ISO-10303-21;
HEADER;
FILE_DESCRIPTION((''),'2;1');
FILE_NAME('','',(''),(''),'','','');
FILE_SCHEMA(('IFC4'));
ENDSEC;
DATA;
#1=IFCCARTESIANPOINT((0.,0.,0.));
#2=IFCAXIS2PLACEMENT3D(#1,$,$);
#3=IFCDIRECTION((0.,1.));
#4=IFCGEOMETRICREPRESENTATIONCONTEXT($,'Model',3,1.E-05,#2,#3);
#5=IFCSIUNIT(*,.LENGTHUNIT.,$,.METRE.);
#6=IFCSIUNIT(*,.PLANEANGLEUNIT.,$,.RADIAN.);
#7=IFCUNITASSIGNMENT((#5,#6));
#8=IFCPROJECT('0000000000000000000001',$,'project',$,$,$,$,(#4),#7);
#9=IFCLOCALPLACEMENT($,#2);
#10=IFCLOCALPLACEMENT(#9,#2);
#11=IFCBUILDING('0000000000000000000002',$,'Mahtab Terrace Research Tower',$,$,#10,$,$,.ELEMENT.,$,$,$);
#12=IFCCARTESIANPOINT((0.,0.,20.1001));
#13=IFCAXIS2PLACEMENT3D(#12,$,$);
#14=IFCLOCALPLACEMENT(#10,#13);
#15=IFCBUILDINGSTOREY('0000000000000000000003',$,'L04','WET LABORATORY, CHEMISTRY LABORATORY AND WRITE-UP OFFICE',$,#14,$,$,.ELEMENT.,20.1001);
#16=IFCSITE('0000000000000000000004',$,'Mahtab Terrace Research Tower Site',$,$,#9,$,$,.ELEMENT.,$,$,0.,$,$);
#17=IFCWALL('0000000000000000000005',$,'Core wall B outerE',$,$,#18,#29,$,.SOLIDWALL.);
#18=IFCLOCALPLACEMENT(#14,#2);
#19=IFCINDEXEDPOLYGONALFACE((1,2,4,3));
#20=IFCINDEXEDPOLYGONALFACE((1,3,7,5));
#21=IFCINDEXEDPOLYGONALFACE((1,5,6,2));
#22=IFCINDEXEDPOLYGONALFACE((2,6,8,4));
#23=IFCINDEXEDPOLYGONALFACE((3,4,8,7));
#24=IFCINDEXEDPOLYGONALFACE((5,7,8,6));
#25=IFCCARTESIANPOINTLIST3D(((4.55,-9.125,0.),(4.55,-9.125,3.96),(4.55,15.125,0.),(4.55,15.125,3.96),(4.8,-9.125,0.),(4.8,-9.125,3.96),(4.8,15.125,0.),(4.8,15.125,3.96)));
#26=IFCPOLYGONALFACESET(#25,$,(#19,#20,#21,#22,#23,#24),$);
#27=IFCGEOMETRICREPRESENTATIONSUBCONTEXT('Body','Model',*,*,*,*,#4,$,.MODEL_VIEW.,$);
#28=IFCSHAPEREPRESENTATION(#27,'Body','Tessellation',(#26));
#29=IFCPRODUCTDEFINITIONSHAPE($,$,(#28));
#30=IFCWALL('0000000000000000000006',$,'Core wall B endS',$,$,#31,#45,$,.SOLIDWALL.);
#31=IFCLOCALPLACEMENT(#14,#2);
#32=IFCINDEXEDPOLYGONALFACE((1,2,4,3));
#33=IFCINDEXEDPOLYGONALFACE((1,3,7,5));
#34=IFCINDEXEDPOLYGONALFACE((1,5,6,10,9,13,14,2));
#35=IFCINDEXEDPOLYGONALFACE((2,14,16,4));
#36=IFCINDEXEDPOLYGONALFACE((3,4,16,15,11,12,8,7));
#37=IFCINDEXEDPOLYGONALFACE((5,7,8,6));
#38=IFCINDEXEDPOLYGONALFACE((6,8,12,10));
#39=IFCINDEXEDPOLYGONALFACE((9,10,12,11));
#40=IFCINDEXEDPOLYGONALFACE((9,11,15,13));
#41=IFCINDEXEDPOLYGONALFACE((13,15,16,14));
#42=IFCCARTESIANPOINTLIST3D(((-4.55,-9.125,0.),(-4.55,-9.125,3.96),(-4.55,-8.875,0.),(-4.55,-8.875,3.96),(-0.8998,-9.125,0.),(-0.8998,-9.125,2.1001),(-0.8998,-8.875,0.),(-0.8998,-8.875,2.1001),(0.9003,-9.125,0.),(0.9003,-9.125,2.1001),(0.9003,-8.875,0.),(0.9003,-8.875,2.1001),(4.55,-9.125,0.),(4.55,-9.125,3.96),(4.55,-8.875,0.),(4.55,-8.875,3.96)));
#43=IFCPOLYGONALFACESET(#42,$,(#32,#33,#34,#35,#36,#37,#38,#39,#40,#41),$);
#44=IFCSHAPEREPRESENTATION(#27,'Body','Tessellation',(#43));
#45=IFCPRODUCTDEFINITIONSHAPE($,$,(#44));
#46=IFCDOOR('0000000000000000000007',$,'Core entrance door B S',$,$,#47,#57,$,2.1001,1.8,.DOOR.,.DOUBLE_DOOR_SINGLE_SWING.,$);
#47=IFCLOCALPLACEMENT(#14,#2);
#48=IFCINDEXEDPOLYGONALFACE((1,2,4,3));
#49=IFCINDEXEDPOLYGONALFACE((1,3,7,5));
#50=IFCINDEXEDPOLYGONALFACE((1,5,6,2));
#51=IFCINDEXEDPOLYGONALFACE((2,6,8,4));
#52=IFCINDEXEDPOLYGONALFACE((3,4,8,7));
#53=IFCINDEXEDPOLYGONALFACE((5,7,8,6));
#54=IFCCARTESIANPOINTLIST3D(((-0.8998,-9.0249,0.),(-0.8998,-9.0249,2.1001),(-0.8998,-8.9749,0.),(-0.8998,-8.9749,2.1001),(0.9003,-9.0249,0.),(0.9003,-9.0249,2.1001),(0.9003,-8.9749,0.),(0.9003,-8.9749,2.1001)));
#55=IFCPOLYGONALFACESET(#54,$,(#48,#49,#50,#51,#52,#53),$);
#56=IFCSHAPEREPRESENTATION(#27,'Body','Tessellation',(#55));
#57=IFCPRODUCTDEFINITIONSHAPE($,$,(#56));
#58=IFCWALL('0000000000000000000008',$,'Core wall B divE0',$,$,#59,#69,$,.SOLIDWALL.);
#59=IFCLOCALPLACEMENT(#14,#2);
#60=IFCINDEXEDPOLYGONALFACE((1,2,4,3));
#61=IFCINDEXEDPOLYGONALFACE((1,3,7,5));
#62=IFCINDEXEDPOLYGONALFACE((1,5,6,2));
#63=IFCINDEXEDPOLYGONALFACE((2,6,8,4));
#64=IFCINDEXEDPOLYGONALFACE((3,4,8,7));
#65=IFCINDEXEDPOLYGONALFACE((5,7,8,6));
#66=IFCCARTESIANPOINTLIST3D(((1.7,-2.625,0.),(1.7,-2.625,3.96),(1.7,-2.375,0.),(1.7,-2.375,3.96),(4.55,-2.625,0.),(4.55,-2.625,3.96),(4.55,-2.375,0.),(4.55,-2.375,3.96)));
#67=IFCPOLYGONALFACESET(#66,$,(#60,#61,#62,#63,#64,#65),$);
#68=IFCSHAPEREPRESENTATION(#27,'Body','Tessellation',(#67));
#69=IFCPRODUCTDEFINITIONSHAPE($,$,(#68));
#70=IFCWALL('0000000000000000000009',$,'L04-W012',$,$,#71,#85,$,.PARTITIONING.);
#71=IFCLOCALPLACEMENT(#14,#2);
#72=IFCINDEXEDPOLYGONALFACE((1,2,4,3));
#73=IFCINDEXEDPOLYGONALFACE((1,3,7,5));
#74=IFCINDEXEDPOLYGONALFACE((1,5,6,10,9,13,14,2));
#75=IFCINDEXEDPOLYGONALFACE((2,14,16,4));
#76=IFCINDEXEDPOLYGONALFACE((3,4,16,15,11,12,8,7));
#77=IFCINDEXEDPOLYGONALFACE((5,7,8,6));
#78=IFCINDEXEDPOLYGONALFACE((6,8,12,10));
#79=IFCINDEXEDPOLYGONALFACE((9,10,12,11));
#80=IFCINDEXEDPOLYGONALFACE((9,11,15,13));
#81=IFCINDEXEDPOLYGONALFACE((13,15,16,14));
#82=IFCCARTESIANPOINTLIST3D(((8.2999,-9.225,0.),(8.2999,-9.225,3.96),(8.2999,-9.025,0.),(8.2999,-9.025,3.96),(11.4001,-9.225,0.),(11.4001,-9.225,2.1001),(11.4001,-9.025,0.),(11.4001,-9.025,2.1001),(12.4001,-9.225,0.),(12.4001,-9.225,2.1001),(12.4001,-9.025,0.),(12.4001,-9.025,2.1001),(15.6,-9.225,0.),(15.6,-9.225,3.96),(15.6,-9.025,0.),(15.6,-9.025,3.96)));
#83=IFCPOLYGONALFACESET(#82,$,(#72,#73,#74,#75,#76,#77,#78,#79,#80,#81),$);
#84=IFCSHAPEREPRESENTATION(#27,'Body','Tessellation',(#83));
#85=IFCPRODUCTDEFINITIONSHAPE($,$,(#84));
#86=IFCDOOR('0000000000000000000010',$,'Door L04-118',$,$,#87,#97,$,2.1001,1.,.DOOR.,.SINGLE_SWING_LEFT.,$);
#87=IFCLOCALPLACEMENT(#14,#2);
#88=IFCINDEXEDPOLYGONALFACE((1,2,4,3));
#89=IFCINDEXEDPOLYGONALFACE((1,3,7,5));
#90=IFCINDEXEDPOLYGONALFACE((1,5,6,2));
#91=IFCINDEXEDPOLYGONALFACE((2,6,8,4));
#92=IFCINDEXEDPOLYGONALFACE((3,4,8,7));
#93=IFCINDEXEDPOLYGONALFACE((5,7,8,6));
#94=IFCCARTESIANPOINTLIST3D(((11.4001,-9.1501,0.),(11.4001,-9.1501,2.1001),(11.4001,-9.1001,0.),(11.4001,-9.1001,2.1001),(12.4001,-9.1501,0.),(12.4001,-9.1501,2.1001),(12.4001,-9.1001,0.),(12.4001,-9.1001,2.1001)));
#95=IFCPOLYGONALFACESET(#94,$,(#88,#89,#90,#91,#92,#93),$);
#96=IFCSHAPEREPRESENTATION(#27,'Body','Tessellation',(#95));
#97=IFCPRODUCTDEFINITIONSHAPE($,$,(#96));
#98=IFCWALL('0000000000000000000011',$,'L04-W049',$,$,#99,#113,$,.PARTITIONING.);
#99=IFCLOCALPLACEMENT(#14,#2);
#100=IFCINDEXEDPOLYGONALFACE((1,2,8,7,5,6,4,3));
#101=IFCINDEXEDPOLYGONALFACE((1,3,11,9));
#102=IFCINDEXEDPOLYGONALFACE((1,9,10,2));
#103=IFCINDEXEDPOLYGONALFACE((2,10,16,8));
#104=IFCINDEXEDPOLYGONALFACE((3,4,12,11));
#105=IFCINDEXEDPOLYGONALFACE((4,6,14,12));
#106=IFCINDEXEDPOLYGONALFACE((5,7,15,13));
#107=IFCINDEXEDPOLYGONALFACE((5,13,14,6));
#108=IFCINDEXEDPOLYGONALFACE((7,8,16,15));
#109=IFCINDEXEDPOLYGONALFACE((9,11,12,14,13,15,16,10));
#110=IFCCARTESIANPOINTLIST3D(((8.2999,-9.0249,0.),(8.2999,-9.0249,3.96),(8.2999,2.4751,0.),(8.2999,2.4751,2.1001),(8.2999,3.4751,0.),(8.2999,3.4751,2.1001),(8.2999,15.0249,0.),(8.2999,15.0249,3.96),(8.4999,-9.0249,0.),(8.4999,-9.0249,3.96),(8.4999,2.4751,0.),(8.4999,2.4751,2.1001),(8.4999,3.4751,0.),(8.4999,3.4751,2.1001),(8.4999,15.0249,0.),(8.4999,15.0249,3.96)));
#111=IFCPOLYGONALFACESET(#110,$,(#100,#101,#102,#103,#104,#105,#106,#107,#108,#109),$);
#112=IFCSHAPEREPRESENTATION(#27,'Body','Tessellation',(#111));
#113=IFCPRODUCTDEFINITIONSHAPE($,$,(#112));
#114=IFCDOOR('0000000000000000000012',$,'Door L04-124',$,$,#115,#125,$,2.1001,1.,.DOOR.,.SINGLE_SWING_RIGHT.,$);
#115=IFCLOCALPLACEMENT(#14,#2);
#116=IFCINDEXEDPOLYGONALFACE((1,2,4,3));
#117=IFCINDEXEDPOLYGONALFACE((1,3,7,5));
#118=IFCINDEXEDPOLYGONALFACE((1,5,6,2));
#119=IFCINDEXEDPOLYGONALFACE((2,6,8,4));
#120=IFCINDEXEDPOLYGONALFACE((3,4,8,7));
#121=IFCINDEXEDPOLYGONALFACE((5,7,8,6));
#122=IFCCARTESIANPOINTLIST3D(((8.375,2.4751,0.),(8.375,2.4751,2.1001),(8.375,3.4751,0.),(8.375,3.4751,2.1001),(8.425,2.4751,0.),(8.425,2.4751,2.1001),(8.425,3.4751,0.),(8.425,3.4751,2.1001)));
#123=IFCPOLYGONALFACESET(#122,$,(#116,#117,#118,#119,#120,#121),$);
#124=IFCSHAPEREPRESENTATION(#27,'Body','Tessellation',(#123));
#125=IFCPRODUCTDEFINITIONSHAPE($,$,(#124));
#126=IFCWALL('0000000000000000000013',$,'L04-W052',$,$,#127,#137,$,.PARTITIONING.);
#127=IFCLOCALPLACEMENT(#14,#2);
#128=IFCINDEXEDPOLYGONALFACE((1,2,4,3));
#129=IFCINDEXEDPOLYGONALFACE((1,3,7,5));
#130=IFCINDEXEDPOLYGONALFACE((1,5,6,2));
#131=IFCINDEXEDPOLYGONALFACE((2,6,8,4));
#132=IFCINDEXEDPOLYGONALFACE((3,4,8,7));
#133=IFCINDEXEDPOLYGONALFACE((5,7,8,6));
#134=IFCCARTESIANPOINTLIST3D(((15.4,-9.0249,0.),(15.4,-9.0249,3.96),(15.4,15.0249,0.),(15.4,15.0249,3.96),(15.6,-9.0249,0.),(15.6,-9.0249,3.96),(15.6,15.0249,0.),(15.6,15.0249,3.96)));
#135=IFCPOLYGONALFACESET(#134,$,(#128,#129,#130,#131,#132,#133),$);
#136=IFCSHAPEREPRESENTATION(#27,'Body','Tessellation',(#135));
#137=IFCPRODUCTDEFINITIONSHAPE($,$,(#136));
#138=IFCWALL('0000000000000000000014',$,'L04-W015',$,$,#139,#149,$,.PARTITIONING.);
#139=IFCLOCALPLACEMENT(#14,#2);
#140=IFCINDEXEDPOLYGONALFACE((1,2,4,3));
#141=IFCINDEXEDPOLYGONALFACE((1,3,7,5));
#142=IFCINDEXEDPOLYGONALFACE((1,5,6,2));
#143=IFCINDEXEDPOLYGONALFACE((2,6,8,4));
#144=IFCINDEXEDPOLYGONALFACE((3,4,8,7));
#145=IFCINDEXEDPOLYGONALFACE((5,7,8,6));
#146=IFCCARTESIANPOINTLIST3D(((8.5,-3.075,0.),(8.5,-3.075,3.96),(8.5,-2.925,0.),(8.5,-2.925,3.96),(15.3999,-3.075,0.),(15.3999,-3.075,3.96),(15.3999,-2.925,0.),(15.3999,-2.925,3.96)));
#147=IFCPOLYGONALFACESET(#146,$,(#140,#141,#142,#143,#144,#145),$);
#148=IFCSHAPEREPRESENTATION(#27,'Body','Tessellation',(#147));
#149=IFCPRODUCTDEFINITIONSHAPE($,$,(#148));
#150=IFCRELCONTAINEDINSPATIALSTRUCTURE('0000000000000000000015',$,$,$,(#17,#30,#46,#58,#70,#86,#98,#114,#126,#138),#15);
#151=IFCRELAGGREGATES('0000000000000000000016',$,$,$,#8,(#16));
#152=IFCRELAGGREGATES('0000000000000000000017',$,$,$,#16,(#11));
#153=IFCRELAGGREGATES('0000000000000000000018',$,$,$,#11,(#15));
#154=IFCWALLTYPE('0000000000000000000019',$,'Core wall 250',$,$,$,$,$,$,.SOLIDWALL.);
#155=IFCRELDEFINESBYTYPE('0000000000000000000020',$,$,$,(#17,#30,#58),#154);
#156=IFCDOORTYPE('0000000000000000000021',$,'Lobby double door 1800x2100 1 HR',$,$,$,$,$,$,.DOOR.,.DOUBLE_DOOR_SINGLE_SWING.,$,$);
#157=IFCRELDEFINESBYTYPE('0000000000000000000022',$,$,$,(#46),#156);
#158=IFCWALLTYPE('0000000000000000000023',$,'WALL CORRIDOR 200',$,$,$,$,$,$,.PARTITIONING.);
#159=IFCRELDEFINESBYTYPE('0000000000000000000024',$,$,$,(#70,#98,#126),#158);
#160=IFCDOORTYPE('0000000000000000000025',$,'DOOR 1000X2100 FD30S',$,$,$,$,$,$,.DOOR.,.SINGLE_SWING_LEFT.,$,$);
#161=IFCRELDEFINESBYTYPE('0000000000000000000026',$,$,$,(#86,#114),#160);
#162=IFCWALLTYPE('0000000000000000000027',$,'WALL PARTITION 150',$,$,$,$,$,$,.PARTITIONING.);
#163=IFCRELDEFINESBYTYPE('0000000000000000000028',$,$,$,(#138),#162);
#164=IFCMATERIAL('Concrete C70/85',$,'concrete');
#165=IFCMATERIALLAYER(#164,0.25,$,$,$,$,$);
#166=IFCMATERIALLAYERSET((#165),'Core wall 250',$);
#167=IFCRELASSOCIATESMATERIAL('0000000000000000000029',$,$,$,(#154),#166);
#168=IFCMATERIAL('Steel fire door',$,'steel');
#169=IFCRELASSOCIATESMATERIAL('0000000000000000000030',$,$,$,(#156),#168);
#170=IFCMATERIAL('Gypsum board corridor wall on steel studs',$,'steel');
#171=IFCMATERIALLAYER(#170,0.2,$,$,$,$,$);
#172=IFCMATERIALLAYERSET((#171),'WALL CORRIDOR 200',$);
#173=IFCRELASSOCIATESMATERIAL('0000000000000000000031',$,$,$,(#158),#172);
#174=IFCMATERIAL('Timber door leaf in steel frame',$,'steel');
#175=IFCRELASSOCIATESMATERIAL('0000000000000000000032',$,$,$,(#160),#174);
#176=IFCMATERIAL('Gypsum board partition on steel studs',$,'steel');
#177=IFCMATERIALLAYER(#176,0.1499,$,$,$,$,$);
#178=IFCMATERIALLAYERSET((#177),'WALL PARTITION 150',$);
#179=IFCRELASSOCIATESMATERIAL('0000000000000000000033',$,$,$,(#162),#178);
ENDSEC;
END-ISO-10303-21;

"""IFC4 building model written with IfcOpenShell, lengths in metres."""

from ifc_helpers import new_model, si_unit, direction, frame, frame_2d, origin, place, context, subcontext, project, spatial, rectangle, extrude, material, layer, layer_set, type_object, element, fill, save


model = new_model("IFC4")

# Units and contexts
model_context = context("Model", 3, precision=1e-05, world=origin(), true_north=direction((0.0, 1.0)))
body_context = subcontext(model_context, "Body", "Model", "MODEL_VIEW")
ifc_project = project(units=[si_unit("LENGTHUNIT", "METRE"), si_unit("PLANEANGLEUNIT", "RADIAN")], contexts=[model_context])

# Site, building, storey
site_placement = place(None, origin())
site = spatial("IfcSite", under=ifc_project, at=site_placement, Name="Mahtab Terrace Research Tower Site", CompositionType="ELEMENT", RefElevation=0.0)
building_placement = place(site_placement, origin())
building = spatial("IfcBuilding", under=site, at=building_placement, Name="Mahtab Terrace Research Tower", CompositionType="ELEMENT")
storey_placement = place(building_placement, frame((0.0, 0.0, 20.1001)))
storey = spatial("IfcBuildingStorey", under=building, at=storey_placement, Name="L04", Description="WET LABORATORY, CHEMISTRY LABORATORY AND WRITE-UP OFFICE", CompositionType="ELEMENT", Elevation=20.1001)

# Wall
ifc_material_1 = material(Name="Concrete C70/85", Category="concrete")
ifc_layer_1 = layer(ifc_material_1, 0.25)
ifc_layer_set_1 = layer_set([ifc_layer_1], Name="Core wall 250")
wall_type_1 = type_object("IfcWallType", Name="Core wall 250", PredefinedType="SOLIDWALL", material=ifc_layer_set_1)
wall_1_placement = place(storey_placement, frame((4.675, -9.125, 0.0), z_axis=(0.0, 0.0, 1.0), x_axis=(0.0, 1.0, 0.0)))
element("IfcWall", 1, at=wall_1_placement, inside=storey, type_object=wall_type_1, Name="Core wall B outerE", PredefinedType="SOLIDWALL", context=body_context, shape_type="SweptSolid", body=[
    extrude(rectangle(XDim=24.25, YDim=0.25, at=frame_2d((12.125, 0.0))), origin(), (0.0, 0.0, 1.0), 3.96),
])

# Wall, opening, door
wall_2_placement = place(storey_placement, frame((4.55, -9.0, 0.0), z_axis=(0.0, 0.0, 1.0), x_axis=(-1.0, 0.0, 0.0)))
wall_2 = element("IfcWall", 2, at=wall_2_placement, inside=storey, type_object=wall_type_1, Name="Core wall B endS", PredefinedType="SOLIDWALL", context=body_context, shape_type="SweptSolid", body=[
    extrude(rectangle(XDim=9.1001, YDim=0.25, at=frame_2d((4.55, 0.0))), origin(), (0.0, 0.0, 1.0), 3.96),
])
opening_1_placement = place(wall_2_placement, frame((3.6499, 0.0, 0.0)))
opening_1 = element("IfcOpeningElement", 3, at=opening_1_placement, cuts=wall_2, PredefinedType="OPENING", context=body_context, shape_type="SweptSolid", body=[
    extrude(rectangle(XDim=1.8, YDim=2.1001, at=frame_2d((0.8999, 1.05))), frame((0.0, 0.135, 0.0), z_axis=(0.0, -1.0, 0.0), x_axis=(1.0, 0.0, 0.0)), (0.0, 0.0, 1.0), 0.27),
])
ifc_material_2 = material(Name="Steel fire door", Category="steel")
door_type_1 = type_object("IfcDoorType", Name="Lobby double door 1800x2100 1 HR", OperationType="DOUBLE_DOOR_SINGLE_SWING", PredefinedType="DOOR", material=ifc_material_2)
door_1_placement = place(opening_1_placement, origin())
door_1 = element("IfcDoor", 4, at=door_1_placement, inside=storey, type_object=door_type_1, Name="Core entrance door B S", OperationType="DOUBLE_DOOR_SINGLE_SWING", OverallHeight=2.1001, OverallWidth=1.8, PredefinedType="DOOR", context=body_context, shape_type="SweptSolid", body=[
    extrude(rectangle(XDim=1.8, YDim=2.1001, at=frame_2d((0.8999, 1.05))), frame((0.0, 0.0249, 0.0), z_axis=(0.0, -1.0, 0.0), x_axis=(1.0, 0.0, 0.0)), (0.0, 0.0, 1.0), 0.05),
])
fill(opening_1, door_1)

# Wall
wall_3_placement = place(storey_placement, frame((1.7, -2.5, 0.0), z_axis=(0.0, 0.0, 1.0), x_axis=(1.0, 0.0, 0.0)))
element("IfcWall", 5, at=wall_3_placement, inside=storey, type_object=wall_type_1, Name="Core wall B divE0", PredefinedType="SOLIDWALL", context=body_context, shape_type="SweptSolid", body=[
    extrude(rectangle(XDim=2.8501, YDim=0.25, at=frame_2d((1.425, 0.0))), origin(), (0.0, 0.0, 1.0), 3.96),
])

# Walls, openings, doors
ifc_material_3 = material(Name="Gypsum board corridor wall on steel studs", Category="steel")
ifc_layer_2 = layer(ifc_material_3, 0.2)
ifc_layer_set_2 = layer_set([ifc_layer_2], Name="WALL CORRIDOR 200")
wall_type_2 = type_object("IfcWallType", Name="WALL CORRIDOR 200", PredefinedType="PARTITIONING", material=ifc_layer_set_2)
wall_4_placement = place(storey_placement, frame((8.3, -9.125, 0.0), z_axis=(0.0, 0.0, 1.0), x_axis=(1.0, 0.0, 0.0)))
wall_4 = element("IfcWall", 6, at=wall_4_placement, inside=storey, type_object=wall_type_2, Name="L04-W012", PredefinedType="PARTITIONING", context=body_context, shape_type="SweptSolid", body=[
    extrude(rectangle(XDim=7.3, YDim=0.2, at=frame_2d((3.6499, 0.0))), origin(), (0.0, 0.0, 1.0), 3.96),
])
opening_2_placement = place(wall_4_placement, frame((3.1001, 0.0, 0.0)))
opening_2 = element("IfcOpeningElement", 7, at=opening_2_placement, cuts=wall_4, PredefinedType="OPENING", context=body_context, shape_type="SweptSolid", body=[
    extrude(rectangle(XDim=1.0, YDim=2.1001, at=frame_2d((0.5, 1.05))), frame((0.0, 0.1099, 0.0), z_axis=(0.0, -1.0, 0.0), x_axis=(1.0, 0.0, 0.0)), (0.0, 0.0, 1.0), 0.22),
])
ifc_material_4 = material(Name="Timber door leaf in steel frame", Category="steel")
door_type_2 = type_object("IfcDoorType", Name="DOOR 1000X2100 FD30S", OperationType="SINGLE_SWING_LEFT", PredefinedType="DOOR", material=ifc_material_4)
door_2_placement = place(opening_2_placement, origin())
door_2 = element("IfcDoor", 8, at=door_2_placement, inside=storey, type_object=door_type_2, Name="Door L04-118", OperationType="SINGLE_SWING_LEFT", OverallHeight=2.1001, OverallWidth=1.0, PredefinedType="DOOR", context=body_context, shape_type="SweptSolid", body=[
    extrude(rectangle(XDim=1.0, YDim=2.1001, at=frame_2d((0.5, 1.05))), frame((0.0, 0.0249, 0.0), z_axis=(0.0, -1.0, 0.0), x_axis=(1.0, 0.0, 0.0)), (0.0, 0.0, 1.0), 0.05),
])
fill(opening_2, door_2)
wall_5_placement = place(storey_placement, frame((8.3999, -9.0249, 0.0), z_axis=(0.0, 0.0, 1.0), x_axis=(0.0, 1.0, 0.0)))
wall_5 = element("IfcWall", 9, at=wall_5_placement, inside=storey, type_object=wall_type_2, Name="L04-W049", PredefinedType="PARTITIONING", context=body_context, shape_type="SweptSolid", body=[
    extrude(rectangle(XDim=24.0498, YDim=0.2, at=frame_2d((12.0249, 0.0))), origin(), (0.0, 0.0, 1.0), 3.96),
])
opening_3_placement = place(wall_5_placement, frame((11.5, 0.0, 0.0)))
opening_3 = element("IfcOpeningElement", 10, at=opening_3_placement, cuts=wall_5, PredefinedType="OPENING", context=body_context, shape_type="SweptSolid", body=[
    extrude(rectangle(XDim=1.0, YDim=2.1001, at=frame_2d((0.5, 1.05))), frame((0.0, 0.1099, 0.0), z_axis=(0.0, -1.0, 0.0), x_axis=(1.0, 0.0, 0.0)), (0.0, 0.0, 1.0), 0.22),
])
door_3_placement = place(opening_3_placement, origin())
door_3 = element("IfcDoor", 11, at=door_3_placement, inside=storey, type_object=door_type_2, Name="Door L04-124", OperationType="SINGLE_SWING_RIGHT", OverallHeight=2.1001, OverallWidth=1.0, PredefinedType="DOOR", context=body_context, shape_type="SweptSolid", body=[
    extrude(rectangle(XDim=1.0, YDim=2.1001, at=frame_2d((0.5, 1.05))), frame((0.0, 0.0249, 0.0), z_axis=(0.0, -1.0, 0.0), x_axis=(1.0, 0.0, 0.0)), (0.0, 0.0, 1.0), 0.05),
])
fill(opening_3, door_3)

# Walls
wall_6_placement = place(storey_placement, frame((15.5, -9.0249, 0.0), z_axis=(0.0, 0.0, 1.0), x_axis=(0.0, 1.0, 0.0)))
element("IfcWall", 12, at=wall_6_placement, inside=storey, type_object=wall_type_2, Name="L04-W052", PredefinedType="PARTITIONING", context=body_context, shape_type="SweptSolid", body=[
    extrude(rectangle(XDim=24.0498, YDim=0.2, at=frame_2d((12.0249, 0.0))), origin(), (0.0, 0.0, 1.0), 3.96),
])
ifc_material_5 = material(Name="Gypsum board partition on steel studs", Category="steel")
ifc_layer_3 = layer(ifc_material_5, 0.1499)
ifc_layer_set_3 = layer_set([ifc_layer_3], Name="WALL PARTITION 150")
wall_type_3 = type_object("IfcWallType", Name="WALL PARTITION 150", PredefinedType="PARTITIONING", material=ifc_layer_set_3)
wall_7_placement = place(storey_placement, frame((8.5, -3.0, 0.0), z_axis=(0.0, 0.0, 1.0), x_axis=(1.0, 0.0, 0.0)))
element("IfcWall", 13, at=wall_7_placement, inside=storey, type_object=wall_type_3, Name="L04-W015", PredefinedType="PARTITIONING", context=body_context, shape_type="SweptSolid", body=[
    extrude(rectangle(XDim=6.8999, YDim=0.1499, at=frame_2d((3.45, 0.0))), origin(), (0.0, 0.0, 1.0), 3.96),
])

save(model, "model.ifc")
